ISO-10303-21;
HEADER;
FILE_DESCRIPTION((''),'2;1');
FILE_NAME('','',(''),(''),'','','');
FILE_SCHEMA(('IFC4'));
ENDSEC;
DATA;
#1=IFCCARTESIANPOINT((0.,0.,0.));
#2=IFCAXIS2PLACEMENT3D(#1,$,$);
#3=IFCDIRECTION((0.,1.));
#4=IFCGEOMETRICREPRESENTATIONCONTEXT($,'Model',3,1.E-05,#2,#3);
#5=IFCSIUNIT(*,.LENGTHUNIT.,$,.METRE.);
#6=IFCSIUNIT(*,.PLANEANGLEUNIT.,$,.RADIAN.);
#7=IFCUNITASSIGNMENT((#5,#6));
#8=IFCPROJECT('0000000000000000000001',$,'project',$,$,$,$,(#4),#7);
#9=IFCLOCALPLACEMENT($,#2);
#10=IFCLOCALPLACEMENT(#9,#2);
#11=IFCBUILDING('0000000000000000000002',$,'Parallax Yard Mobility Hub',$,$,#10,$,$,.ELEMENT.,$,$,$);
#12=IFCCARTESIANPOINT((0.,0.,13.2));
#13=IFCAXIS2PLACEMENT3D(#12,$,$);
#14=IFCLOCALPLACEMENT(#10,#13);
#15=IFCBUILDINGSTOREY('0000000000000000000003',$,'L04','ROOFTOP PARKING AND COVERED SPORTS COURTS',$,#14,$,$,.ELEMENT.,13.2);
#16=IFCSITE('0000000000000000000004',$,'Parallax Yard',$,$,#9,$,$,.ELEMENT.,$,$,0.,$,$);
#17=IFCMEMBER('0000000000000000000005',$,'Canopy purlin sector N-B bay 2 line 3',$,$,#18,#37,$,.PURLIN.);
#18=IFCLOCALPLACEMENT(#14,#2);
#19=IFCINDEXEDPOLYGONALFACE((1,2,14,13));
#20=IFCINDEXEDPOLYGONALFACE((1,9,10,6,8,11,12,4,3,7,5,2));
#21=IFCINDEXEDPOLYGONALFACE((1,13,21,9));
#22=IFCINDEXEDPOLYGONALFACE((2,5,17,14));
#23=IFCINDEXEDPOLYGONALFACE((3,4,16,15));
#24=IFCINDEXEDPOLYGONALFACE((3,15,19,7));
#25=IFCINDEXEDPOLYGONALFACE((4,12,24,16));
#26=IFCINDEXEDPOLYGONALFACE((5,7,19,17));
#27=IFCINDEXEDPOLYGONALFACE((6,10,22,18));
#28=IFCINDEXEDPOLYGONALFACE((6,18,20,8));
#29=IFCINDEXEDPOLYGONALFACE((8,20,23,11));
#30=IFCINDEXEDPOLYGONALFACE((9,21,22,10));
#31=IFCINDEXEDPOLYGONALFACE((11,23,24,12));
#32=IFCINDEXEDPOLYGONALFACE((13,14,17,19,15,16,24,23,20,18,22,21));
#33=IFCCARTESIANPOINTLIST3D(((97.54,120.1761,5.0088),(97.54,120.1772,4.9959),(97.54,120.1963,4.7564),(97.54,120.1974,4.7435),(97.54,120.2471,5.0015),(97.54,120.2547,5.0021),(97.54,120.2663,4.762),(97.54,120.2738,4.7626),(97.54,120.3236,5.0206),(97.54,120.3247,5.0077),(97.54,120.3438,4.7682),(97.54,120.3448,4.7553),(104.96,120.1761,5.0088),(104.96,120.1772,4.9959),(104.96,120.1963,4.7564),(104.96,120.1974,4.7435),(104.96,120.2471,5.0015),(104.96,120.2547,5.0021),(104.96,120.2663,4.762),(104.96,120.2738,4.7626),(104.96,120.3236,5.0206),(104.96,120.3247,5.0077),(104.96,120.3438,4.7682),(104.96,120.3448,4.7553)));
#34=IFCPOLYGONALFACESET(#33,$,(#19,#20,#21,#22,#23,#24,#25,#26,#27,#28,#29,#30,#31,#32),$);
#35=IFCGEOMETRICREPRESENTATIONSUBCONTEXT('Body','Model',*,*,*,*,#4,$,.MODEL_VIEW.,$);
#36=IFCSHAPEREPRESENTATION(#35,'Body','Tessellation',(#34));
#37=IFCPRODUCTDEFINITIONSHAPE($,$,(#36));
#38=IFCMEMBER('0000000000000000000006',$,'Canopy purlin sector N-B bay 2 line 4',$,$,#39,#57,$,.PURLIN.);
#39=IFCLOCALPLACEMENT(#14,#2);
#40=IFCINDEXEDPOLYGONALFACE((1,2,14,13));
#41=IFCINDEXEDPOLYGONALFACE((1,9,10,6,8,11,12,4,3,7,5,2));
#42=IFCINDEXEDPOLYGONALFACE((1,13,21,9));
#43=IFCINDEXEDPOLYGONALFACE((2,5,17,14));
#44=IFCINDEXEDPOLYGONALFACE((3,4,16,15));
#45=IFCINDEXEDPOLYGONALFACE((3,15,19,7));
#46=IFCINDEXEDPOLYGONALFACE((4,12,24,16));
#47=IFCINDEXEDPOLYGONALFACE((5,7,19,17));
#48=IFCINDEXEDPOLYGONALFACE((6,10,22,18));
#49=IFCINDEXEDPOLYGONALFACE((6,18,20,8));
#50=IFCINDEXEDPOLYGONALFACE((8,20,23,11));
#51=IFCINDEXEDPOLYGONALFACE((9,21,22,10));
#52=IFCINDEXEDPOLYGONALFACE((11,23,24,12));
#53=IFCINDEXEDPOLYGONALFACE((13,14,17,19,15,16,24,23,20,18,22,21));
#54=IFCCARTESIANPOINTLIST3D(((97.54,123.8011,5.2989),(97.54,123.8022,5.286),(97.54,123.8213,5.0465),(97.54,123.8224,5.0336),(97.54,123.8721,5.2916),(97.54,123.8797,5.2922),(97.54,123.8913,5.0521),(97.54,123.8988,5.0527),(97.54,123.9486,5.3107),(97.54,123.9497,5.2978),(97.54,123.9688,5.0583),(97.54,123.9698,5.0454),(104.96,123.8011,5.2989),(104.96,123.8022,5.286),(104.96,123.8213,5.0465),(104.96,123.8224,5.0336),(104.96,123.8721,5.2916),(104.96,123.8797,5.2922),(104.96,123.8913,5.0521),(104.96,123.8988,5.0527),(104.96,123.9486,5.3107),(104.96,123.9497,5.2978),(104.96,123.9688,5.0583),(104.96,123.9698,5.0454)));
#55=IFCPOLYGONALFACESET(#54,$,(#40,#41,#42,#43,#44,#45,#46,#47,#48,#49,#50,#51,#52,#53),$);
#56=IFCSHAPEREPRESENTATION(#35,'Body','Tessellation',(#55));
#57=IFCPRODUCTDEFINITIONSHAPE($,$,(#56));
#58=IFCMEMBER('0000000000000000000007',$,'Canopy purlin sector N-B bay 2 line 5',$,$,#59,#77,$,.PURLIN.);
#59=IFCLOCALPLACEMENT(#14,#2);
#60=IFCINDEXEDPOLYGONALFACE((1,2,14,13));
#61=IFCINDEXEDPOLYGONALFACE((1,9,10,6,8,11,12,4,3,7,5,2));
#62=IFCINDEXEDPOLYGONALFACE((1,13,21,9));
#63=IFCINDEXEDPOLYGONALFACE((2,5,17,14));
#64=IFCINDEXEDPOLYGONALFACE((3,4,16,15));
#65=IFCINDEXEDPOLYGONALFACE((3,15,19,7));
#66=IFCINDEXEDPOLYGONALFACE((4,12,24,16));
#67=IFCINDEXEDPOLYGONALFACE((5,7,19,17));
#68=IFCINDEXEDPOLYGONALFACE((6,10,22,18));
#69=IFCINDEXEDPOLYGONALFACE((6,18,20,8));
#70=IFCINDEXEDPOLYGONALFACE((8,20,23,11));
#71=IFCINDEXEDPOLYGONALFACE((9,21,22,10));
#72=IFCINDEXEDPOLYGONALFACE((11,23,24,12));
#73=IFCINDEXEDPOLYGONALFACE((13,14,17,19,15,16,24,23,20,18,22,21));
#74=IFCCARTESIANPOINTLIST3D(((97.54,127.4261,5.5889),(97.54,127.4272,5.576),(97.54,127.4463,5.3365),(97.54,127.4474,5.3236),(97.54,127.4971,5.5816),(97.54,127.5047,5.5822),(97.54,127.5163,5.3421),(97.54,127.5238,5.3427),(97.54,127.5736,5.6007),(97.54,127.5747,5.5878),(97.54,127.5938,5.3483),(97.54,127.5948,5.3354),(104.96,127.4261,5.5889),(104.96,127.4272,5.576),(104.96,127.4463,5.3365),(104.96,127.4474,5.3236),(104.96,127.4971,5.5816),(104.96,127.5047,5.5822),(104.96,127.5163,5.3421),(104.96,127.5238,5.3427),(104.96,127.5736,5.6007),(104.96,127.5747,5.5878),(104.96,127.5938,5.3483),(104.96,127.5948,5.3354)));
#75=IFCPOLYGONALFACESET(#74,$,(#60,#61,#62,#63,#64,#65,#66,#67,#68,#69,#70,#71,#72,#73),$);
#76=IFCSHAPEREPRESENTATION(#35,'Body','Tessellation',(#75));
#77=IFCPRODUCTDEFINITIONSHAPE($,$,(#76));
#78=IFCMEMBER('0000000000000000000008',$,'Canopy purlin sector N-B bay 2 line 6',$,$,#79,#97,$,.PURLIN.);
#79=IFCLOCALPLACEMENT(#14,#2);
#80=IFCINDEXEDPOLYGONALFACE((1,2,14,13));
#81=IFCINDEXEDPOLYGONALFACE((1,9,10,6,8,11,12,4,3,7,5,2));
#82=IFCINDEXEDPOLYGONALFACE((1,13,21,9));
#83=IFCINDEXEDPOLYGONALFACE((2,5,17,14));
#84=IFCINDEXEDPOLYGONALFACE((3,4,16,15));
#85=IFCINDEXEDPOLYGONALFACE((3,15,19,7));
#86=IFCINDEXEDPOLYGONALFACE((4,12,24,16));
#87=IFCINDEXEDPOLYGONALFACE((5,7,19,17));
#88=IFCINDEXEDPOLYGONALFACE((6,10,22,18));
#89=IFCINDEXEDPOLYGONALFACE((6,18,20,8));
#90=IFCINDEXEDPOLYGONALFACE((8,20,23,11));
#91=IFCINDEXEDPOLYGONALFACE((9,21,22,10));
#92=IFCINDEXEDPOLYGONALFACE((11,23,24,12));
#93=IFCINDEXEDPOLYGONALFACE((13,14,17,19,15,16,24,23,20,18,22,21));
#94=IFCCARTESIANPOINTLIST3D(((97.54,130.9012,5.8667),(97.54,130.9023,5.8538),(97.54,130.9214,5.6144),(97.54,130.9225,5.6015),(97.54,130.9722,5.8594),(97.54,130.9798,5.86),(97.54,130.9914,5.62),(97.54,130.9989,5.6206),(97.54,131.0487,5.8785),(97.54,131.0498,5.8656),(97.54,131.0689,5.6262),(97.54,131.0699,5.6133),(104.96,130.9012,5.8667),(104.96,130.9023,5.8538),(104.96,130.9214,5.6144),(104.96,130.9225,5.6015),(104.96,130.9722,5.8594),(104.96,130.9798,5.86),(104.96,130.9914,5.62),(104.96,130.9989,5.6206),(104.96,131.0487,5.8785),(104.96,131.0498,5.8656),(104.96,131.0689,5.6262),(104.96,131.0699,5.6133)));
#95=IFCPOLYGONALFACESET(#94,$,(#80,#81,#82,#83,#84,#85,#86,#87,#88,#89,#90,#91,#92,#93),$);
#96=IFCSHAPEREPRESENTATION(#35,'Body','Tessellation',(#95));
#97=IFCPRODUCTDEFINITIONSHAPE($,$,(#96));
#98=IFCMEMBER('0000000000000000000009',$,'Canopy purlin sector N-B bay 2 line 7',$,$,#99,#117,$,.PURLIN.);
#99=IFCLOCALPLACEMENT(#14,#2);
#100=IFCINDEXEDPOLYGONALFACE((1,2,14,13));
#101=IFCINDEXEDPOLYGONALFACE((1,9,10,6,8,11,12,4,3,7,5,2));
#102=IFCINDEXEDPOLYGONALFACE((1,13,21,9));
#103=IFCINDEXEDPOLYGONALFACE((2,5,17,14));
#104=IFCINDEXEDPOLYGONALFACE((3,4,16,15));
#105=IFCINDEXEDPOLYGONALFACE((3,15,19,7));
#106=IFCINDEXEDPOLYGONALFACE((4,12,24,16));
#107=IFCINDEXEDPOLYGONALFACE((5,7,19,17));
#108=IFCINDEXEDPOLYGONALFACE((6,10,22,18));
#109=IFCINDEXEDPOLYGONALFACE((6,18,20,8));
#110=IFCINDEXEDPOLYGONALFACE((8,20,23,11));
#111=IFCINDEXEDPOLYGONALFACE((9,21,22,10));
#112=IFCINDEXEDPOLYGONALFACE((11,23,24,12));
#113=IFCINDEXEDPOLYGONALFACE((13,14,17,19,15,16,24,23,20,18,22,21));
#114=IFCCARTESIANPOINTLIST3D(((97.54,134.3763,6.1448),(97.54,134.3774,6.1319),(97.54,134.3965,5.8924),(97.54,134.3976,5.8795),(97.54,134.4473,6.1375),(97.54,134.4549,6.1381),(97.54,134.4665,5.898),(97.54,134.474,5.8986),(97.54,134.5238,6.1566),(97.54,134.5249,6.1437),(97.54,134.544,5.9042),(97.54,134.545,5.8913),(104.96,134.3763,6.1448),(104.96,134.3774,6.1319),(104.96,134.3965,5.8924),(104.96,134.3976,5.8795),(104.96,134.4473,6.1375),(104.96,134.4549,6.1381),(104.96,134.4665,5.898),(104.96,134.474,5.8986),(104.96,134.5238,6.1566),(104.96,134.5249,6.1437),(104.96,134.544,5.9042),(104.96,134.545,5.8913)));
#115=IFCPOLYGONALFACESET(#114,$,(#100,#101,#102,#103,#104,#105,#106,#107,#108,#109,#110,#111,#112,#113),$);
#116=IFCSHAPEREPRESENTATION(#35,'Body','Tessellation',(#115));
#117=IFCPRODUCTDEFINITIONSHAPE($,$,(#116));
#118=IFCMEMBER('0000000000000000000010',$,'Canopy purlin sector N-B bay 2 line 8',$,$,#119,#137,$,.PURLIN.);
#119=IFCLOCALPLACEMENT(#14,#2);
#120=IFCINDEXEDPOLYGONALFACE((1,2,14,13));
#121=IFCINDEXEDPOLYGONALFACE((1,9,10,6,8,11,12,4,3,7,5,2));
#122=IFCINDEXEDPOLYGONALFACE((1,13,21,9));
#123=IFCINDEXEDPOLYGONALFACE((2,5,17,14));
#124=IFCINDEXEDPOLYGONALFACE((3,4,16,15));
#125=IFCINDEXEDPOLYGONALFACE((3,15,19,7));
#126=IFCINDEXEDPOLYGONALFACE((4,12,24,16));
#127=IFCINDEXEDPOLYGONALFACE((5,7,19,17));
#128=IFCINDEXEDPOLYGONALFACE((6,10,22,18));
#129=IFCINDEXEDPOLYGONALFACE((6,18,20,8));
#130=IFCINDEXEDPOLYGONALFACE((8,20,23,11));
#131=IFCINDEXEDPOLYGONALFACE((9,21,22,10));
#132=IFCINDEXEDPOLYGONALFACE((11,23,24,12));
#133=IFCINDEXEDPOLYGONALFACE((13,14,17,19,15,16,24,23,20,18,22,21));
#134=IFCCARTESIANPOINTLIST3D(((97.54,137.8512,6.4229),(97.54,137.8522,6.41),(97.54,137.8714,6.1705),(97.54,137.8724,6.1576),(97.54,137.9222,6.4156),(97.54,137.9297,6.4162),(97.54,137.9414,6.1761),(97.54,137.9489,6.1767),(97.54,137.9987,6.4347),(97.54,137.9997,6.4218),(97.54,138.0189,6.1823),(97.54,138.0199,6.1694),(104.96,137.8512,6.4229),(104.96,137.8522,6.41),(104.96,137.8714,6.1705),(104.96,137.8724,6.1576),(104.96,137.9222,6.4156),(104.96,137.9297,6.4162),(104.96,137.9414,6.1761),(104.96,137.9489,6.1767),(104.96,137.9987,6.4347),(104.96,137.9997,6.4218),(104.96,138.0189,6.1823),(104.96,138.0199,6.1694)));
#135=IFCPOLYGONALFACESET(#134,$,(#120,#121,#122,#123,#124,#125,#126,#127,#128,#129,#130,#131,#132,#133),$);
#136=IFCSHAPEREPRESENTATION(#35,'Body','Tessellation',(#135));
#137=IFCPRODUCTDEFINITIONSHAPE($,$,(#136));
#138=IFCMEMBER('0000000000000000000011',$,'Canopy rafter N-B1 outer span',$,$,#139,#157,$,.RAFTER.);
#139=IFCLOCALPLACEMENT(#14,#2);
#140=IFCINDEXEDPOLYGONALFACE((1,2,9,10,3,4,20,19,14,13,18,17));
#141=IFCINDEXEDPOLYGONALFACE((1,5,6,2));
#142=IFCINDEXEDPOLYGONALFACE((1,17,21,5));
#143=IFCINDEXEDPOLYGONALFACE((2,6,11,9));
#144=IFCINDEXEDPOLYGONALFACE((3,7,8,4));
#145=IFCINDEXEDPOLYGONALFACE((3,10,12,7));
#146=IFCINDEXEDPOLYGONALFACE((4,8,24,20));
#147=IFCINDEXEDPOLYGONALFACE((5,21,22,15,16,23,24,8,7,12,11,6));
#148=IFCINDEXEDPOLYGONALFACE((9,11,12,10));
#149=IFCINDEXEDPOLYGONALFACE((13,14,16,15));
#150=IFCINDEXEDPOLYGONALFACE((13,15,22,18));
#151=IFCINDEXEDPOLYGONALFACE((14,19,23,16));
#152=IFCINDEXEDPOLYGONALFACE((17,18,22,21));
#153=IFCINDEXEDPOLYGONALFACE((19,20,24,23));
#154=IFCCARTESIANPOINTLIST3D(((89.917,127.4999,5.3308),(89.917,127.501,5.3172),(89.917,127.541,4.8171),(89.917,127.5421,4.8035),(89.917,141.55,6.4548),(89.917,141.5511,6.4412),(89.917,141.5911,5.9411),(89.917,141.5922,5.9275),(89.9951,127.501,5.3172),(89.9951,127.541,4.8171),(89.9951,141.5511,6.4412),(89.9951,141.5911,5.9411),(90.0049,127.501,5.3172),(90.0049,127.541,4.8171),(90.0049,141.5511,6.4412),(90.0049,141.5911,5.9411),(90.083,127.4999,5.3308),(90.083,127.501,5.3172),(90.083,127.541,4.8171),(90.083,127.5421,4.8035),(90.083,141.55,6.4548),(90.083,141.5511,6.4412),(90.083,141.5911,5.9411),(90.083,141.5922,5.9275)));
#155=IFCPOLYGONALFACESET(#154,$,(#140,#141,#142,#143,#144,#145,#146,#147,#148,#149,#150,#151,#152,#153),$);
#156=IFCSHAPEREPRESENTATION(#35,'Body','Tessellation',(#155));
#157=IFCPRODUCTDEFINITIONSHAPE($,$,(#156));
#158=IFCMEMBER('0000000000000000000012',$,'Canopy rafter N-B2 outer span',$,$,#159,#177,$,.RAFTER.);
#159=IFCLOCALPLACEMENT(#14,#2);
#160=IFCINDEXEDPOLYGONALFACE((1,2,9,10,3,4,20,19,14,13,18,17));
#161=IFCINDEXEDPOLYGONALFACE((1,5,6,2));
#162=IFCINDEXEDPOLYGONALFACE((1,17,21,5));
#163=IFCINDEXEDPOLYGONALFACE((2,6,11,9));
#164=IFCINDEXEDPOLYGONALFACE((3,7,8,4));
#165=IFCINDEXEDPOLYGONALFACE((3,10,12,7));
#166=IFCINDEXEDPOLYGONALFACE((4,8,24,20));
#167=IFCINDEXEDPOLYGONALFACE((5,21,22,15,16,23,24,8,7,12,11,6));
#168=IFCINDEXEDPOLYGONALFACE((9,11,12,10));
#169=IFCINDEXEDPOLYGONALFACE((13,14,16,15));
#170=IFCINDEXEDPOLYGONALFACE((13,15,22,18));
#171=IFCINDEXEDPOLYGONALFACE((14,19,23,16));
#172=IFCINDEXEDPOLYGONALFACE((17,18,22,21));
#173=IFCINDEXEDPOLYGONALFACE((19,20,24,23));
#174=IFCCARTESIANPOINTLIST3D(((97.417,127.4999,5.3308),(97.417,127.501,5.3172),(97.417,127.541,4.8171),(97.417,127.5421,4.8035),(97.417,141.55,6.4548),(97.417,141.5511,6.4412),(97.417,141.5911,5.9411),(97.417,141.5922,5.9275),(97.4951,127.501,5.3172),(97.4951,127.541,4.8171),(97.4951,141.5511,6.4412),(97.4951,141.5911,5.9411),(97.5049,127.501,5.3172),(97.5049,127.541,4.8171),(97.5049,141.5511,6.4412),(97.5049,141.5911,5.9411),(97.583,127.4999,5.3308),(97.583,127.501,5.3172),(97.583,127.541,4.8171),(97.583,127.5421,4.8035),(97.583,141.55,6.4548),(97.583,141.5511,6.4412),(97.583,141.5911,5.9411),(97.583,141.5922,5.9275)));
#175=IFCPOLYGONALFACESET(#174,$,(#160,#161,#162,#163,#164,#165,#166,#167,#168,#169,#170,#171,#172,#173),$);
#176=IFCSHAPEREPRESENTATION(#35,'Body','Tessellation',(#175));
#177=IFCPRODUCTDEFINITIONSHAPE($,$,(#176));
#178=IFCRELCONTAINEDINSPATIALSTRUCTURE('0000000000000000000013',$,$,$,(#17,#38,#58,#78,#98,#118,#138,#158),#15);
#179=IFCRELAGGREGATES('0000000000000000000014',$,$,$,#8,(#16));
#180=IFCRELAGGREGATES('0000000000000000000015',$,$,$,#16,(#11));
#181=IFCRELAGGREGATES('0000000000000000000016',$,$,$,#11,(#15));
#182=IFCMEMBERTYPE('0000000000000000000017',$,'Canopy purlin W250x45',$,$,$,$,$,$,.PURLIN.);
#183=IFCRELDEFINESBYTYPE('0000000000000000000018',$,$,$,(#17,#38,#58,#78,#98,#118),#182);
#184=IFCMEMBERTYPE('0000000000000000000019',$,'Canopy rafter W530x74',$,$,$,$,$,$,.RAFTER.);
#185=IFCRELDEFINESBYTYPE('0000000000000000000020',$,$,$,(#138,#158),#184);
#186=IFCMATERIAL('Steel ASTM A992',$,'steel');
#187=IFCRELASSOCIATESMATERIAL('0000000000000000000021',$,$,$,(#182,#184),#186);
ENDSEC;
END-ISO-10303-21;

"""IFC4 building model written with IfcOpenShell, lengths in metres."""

from ifc_helpers import new_model, si_unit, direction, frame, origin, origin_2d, place, context, subcontext, project, spatial, i_section, extrude, material, material_profile, profile_set, type_object, element, save


model = new_model("IFC4")

# Units and contexts
model_context = context("Model", 3, precision=1e-05, world=origin(), true_north=direction((0.0, 1.0)))
body_context = subcontext(model_context, "Body", "Model", "MODEL_VIEW")
ifc_project = project(units=[si_unit("LENGTHUNIT", "METRE"), si_unit("PLANEANGLEUNIT", "RADIAN")], contexts=[model_context])

# Site, building, storey
site_placement = place(None, origin())
site = spatial("IfcSite", under=ifc_project, at=site_placement, Name="Parallax Yard", CompositionType="ELEMENT", RefElevation=0.0)
building_placement = place(site_placement, origin())
building = spatial("IfcBuilding", under=site, at=building_placement, Name="Parallax Yard Mobility Hub", CompositionType="ELEMENT")
storey_placement = place(building_placement, frame((0.0, 0.0, 13.2)))
storey = spatial("IfcBuildingStorey", under=building, at=storey_placement, Name="L04", Description="ROOFTOP PARKING AND COVERED SPORTS COURTS", CompositionType="ELEMENT", Elevation=13.2)

# Members
ifc_material_1 = material(Name="Steel ASTM A992", Category="steel")
ifc_material_profile_1 = material_profile(ifc_material_1, i_section(OverallWidth=0.1479, OverallDepth=0.2661, WebThickness=0.0076, FlangeThickness=0.0129, at=origin_2d()), Name="W250x45")
ifc_profile_set_1 = profile_set([ifc_material_profile_1], Name="Steel ASTM A992")
member_type_1 = type_object("IfcMemberType", Name="Canopy purlin W250x45", PredefinedType="PURLIN", material=ifc_profile_set_1)
for number, where, z_axis, x_axis, name in (
    (1, (97.54, 120.2605, 4.8821), (1.0, 0.0, 0.0), (0.0, 0.996815, 0.079745), "Canopy purlin sector N-B bay 2 line 3"),
    (2, (97.54, 123.8855, 5.1721), (1.0, 0.0, 0.0), (0.0, 0.996815, 0.079745), "Canopy purlin sector N-B bay 2 line 4"),
    (3, (97.54, 127.5105, 5.4622), (1.0, 0.0, 0.0), (0.0, 0.996815, 0.079745), "Canopy purlin sector N-B bay 2 line 5"),
    (4, (97.54, 130.9856, 5.74), (1.0, 0.0, 0.0), (0.0, 0.996815, 0.079745), "Canopy purlin sector N-B bay 2 line 6"),
    (5, (97.54, 134.4607, 6.0181), (1.0, 0.0, 0.0), (0.0, 0.996815, 0.079745), "Canopy purlin sector N-B bay 2 line 7"),
    (6, (97.54, 137.9355, 6.2961), (1.0, 0.0, 0.0), (0.0, 0.996815, 0.079745), "Canopy purlin sector N-B bay 2 line 8"),
):
    element("IfcMember", number, at=place(storey_placement, frame(where, z_axis=z_axis, x_axis=x_axis)), inside=storey, type_object=member_type_1, Name=name, PredefinedType="PURLIN", context=body_context, shape_type="SweptSolid", body=[
        extrude(i_section(OverallWidth=0.1479, OverallDepth=0.2661, WebThickness=0.0076, FlangeThickness=0.0129, at=origin_2d()), origin(), (0.0, 0.0, 1.0), 7.4199),
    ])
ifc_material_profile_2 = material_profile(ifc_material_1, i_section(OverallWidth=0.166, OverallDepth=0.5291, WebThickness=0.0098, FlangeThickness=0.0137, at=origin_2d()), Name="W530x74")
ifc_profile_set_2 = profile_set([ifc_material_profile_2], Name="Steel ASTM A992")
member_type_2 = type_object("IfcMemberType", Name="Canopy rafter W530x74", PredefinedType="RAFTER", material=ifc_profile_set_2)
for number, where, z_axis, x_axis, name in (
    (7, (90.0, 127.521, 5.0671), (0.0, 0.996815, 0.079747), (-1.0, 0.0, 0.0), "Canopy rafter N-B1 outer span"),
    (8, (97.5, 127.521, 5.0671), (0.0, 0.996815, 0.079747), (-1.0, 0.0, 0.0), "Canopy rafter N-B2 outer span"),
):
    element("IfcMember", number, at=place(storey_placement, frame(where, z_axis=z_axis, x_axis=x_axis)), inside=storey, type_object=member_type_2, Name=name, PredefinedType="RAFTER", context=body_context, shape_type="SweptSolid", body=[
        extrude(i_section(OverallWidth=0.166, OverallDepth=0.5291, WebThickness=0.0098, FlangeThickness=0.0137, at=origin_2d()), origin(), (0.0, 0.0, 1.0), 14.095),
    ])

save(model, "model.ifc")
